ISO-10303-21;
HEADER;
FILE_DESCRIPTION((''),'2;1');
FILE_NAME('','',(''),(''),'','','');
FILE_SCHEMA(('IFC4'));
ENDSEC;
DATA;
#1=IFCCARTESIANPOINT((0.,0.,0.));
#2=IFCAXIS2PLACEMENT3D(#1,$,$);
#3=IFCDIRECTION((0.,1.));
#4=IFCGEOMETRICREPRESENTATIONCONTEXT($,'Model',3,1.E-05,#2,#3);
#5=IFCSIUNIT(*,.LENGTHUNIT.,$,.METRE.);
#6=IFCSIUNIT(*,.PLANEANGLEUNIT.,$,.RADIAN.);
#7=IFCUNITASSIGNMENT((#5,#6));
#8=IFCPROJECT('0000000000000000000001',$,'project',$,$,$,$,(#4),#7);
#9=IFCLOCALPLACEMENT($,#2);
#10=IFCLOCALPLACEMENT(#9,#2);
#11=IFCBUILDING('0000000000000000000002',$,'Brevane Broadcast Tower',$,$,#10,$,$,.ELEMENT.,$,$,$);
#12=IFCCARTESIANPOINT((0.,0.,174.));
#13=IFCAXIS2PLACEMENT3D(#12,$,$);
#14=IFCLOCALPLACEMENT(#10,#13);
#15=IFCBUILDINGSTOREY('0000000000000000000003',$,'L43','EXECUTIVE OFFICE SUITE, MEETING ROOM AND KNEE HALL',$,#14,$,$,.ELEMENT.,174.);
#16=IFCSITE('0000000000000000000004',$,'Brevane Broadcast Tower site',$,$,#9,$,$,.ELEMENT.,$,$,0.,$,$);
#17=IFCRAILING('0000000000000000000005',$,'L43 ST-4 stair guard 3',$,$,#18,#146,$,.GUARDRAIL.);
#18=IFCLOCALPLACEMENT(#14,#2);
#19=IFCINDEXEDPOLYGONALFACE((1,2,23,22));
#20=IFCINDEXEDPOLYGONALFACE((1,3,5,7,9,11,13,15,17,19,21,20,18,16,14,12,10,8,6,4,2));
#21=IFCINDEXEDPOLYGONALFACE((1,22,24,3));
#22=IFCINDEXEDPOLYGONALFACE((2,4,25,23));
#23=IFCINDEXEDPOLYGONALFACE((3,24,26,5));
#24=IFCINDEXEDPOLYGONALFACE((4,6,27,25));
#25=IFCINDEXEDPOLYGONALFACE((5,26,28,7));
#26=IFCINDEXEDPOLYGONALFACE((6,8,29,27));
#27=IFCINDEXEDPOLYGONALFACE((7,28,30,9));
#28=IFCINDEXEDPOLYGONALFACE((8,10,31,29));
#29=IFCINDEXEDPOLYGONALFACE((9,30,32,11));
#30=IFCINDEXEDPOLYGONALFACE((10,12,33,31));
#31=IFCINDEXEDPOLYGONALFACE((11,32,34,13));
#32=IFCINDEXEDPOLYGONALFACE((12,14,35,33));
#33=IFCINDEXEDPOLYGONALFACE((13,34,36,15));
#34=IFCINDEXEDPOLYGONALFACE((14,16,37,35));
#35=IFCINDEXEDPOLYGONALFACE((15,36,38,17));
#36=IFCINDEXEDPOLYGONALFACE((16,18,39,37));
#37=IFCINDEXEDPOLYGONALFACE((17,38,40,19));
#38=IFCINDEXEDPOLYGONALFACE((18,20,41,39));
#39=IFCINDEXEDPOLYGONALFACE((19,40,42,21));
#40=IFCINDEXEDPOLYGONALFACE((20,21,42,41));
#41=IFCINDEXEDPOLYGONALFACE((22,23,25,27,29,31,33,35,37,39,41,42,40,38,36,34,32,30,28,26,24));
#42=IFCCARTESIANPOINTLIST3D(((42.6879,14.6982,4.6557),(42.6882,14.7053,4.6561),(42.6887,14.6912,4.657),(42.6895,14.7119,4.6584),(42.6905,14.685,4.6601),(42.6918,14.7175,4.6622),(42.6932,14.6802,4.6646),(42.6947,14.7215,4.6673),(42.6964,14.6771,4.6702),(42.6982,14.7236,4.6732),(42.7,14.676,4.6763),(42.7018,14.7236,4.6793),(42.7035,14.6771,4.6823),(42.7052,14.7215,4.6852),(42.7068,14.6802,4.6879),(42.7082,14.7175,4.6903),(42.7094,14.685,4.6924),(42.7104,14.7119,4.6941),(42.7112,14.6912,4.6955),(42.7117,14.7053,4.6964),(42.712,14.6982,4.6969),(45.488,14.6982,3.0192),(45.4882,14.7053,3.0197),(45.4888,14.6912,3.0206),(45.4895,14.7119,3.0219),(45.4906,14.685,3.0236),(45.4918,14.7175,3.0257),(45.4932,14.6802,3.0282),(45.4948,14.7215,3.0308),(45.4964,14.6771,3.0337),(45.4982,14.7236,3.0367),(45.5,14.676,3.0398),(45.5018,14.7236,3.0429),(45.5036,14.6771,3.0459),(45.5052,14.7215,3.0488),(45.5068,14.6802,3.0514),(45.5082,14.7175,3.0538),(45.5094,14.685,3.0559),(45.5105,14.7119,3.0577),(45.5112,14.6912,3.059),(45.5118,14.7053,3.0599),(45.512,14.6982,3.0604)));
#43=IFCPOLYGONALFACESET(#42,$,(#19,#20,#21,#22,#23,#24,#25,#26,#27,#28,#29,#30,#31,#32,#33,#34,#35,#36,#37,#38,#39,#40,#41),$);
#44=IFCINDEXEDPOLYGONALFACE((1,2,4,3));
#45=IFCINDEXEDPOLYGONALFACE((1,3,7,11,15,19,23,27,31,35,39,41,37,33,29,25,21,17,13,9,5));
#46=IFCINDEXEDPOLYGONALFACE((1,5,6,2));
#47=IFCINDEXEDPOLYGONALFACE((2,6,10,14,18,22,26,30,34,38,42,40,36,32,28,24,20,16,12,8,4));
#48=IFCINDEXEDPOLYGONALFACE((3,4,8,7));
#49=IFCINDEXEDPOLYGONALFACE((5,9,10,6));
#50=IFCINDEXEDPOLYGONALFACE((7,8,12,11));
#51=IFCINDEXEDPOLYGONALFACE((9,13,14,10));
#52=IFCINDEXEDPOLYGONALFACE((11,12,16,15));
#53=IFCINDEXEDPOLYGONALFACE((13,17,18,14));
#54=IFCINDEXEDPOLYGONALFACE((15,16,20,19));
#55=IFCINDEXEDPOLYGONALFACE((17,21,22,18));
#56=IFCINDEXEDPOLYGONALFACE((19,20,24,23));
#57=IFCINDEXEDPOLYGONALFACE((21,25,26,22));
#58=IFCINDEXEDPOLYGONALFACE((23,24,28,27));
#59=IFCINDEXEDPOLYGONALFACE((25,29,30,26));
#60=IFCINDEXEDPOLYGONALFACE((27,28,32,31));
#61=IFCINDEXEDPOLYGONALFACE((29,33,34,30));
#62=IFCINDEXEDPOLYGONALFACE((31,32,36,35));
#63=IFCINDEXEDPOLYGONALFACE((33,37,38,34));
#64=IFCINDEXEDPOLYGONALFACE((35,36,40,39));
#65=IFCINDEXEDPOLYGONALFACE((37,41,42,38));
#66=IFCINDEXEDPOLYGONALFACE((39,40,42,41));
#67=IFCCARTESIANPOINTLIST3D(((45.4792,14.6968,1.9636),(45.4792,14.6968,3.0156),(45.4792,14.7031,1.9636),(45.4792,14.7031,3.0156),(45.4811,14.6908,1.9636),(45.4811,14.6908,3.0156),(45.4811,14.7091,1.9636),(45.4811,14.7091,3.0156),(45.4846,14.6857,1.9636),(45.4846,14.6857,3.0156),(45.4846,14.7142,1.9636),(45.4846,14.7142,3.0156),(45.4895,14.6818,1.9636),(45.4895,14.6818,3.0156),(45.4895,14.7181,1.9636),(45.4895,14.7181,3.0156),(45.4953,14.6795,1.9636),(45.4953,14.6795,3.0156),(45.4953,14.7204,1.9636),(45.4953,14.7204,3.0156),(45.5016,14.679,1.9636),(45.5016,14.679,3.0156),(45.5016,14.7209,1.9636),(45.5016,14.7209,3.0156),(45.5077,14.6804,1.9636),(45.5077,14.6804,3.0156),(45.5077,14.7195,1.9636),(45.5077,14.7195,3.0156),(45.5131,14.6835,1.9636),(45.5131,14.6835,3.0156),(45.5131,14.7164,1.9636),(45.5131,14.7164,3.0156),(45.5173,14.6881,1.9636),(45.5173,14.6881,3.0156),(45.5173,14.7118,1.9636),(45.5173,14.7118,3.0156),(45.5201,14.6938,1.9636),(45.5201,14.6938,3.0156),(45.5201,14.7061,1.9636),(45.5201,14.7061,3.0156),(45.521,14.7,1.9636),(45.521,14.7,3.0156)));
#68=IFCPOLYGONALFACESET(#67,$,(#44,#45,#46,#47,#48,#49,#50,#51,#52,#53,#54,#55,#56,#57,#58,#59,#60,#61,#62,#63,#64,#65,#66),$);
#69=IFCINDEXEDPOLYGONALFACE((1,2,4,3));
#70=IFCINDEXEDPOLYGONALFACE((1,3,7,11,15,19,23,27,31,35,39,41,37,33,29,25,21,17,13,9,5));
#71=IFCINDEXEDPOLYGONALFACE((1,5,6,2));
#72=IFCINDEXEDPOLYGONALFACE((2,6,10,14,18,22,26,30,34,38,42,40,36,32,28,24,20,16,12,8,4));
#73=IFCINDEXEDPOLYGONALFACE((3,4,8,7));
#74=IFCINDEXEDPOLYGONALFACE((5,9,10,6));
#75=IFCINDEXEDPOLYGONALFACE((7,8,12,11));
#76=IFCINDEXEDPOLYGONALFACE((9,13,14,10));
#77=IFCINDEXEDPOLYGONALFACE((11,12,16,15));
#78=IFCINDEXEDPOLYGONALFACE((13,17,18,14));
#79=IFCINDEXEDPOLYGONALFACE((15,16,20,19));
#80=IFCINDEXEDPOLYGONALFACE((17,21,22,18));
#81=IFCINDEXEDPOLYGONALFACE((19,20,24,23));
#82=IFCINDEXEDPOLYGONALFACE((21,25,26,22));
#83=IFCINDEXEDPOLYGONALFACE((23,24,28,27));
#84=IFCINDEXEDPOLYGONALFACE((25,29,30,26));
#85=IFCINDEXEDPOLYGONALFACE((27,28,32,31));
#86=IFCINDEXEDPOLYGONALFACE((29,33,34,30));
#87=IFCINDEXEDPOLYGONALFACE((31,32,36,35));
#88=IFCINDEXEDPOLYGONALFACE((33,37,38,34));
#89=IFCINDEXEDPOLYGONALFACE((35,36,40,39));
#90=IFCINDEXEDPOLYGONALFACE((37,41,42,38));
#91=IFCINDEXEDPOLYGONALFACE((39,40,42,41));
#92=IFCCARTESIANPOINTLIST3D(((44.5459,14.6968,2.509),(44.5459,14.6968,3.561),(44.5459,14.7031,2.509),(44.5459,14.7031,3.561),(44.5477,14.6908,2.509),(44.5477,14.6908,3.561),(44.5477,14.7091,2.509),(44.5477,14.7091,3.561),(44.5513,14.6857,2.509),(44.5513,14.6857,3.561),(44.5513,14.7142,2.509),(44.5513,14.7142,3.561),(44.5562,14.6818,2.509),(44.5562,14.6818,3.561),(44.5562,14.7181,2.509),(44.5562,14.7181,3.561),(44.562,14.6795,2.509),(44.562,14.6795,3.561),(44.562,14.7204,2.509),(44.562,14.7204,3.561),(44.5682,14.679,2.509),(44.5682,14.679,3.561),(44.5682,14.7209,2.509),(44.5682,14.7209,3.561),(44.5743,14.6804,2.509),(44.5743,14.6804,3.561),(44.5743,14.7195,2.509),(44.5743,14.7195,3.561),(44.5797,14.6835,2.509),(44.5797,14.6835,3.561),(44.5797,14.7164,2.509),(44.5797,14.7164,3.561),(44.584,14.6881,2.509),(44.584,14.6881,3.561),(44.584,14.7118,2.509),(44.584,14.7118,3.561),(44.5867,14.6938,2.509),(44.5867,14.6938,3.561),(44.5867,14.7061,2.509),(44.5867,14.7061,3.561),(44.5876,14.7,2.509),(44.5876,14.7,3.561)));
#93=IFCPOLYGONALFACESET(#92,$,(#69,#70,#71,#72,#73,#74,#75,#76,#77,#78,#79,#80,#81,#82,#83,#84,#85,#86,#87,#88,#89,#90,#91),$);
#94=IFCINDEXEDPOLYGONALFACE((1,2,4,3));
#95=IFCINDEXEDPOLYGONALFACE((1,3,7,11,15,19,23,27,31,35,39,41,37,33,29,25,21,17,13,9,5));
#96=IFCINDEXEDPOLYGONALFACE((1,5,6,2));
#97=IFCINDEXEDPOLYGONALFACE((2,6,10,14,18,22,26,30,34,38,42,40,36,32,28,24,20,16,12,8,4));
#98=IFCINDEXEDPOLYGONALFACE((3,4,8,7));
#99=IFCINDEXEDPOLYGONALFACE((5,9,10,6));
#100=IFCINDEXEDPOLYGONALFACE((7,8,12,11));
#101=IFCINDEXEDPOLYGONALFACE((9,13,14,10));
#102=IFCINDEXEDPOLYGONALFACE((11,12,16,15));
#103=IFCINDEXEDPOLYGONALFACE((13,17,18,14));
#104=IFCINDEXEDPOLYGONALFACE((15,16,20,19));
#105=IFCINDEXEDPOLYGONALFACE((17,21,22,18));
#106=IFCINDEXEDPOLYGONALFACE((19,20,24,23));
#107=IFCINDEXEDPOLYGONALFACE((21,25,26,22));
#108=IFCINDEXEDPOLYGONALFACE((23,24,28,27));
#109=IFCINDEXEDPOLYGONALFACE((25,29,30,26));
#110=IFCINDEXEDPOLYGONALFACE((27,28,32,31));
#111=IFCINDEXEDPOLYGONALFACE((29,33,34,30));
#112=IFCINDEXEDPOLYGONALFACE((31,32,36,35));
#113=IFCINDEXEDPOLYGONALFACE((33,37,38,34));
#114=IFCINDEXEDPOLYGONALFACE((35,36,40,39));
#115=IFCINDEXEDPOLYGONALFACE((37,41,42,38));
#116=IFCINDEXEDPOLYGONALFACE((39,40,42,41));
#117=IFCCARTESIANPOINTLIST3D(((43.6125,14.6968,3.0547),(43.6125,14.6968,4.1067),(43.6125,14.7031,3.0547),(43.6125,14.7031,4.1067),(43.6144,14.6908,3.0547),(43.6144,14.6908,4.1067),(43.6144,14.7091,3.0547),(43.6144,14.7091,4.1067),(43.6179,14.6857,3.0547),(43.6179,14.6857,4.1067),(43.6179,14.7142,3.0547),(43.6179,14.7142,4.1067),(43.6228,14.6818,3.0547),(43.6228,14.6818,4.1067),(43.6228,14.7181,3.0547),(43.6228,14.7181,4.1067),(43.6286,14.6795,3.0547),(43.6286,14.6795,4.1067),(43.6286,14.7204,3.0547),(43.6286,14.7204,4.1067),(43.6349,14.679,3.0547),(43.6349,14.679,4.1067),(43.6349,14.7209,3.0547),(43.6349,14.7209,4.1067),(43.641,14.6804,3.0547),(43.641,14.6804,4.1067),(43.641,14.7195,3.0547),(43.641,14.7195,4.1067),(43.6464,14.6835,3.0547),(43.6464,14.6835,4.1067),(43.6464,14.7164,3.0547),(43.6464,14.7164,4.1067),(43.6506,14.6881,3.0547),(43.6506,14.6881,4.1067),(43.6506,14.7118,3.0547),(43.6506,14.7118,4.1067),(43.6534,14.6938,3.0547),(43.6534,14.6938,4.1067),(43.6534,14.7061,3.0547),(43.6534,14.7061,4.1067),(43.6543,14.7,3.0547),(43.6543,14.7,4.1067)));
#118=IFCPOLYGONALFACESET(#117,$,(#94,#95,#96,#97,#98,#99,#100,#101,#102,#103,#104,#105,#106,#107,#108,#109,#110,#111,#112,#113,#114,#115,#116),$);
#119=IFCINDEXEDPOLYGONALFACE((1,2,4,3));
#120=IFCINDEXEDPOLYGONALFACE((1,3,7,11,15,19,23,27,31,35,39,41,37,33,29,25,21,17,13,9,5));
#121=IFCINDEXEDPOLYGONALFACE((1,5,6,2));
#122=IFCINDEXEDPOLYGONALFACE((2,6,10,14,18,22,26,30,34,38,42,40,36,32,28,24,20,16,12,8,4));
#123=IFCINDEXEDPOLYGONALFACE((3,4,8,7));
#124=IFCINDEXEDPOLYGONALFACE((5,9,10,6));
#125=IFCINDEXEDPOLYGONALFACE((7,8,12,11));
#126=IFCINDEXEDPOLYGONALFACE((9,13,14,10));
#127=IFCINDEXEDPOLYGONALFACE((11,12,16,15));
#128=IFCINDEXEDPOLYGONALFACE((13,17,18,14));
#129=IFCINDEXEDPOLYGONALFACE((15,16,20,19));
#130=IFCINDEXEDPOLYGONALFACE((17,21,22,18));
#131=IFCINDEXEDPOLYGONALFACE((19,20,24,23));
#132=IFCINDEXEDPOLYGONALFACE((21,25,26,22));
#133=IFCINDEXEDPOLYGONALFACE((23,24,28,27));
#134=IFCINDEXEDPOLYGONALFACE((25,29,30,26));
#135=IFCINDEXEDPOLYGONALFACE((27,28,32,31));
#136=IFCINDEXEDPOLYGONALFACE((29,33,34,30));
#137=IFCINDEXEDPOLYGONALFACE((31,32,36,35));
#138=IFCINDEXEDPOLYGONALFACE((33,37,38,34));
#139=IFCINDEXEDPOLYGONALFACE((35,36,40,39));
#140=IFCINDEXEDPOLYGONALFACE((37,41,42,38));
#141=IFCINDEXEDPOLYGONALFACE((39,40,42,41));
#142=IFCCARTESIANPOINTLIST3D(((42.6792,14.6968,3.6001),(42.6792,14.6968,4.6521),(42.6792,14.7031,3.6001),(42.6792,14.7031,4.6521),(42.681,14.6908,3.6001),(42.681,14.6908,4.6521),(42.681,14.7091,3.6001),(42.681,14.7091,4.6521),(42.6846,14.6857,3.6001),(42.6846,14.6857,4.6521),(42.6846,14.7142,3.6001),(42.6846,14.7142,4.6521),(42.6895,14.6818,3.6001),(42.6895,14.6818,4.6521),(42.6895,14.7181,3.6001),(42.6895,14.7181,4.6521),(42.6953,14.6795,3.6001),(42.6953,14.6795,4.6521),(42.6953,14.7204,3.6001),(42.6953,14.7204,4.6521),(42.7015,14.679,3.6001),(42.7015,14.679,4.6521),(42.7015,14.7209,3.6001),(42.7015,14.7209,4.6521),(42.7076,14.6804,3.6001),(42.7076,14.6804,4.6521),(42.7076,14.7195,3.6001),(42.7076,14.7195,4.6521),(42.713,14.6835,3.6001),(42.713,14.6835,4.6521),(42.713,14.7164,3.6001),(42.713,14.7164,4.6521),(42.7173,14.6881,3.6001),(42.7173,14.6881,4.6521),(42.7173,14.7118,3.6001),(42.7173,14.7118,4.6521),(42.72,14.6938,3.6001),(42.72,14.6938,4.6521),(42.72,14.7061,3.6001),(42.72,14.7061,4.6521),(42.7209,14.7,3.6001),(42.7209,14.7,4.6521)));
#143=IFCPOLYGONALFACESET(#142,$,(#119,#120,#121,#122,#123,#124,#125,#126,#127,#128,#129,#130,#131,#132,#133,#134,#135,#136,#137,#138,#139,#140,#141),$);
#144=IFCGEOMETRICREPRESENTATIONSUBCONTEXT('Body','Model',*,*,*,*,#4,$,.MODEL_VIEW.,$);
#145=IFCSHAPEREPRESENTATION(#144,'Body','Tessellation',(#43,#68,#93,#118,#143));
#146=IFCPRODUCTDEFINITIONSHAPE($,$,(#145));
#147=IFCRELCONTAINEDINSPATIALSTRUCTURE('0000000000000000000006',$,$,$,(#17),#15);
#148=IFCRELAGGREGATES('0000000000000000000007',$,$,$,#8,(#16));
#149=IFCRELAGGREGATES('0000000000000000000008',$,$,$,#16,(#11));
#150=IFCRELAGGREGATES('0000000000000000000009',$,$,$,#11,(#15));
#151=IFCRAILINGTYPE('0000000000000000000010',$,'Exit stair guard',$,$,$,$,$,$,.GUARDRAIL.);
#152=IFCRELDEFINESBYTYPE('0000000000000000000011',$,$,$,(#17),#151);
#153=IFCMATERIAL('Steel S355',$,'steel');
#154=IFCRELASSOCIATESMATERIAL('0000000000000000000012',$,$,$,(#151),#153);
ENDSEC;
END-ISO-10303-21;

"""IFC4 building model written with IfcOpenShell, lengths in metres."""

from ifc_helpers import new_model, si_unit, direction, frame, origin, origin_2d, place, context, subcontext, project, spatial, circle, extrude, material, type_object, element, save


model = new_model("IFC4")

# Units and contexts
model_context = context("Model", 3, precision=1e-05, world=origin(), true_north=direction((0.0, 1.0)))
body_context = subcontext(model_context, "Body", "Model", "MODEL_VIEW")
ifc_project = project(units=[si_unit("LENGTHUNIT", "METRE"), si_unit("PLANEANGLEUNIT", "RADIAN")], contexts=[model_context])

# Site, building, storey
site_placement = place(None, origin())
site = spatial("IfcSite", under=ifc_project, at=site_placement, Name="Brevane Broadcast Tower site", CompositionType="ELEMENT", RefElevation=0.0)
building_placement = place(site_placement, origin())
building = spatial("IfcBuilding", under=site, at=building_placement, Name="Brevane Broadcast Tower", CompositionType="ELEMENT")
storey_placement = place(building_placement, frame((0.0, 0.0, 174.0)))
storey = spatial("IfcBuildingStorey", under=building, at=storey_placement, Name="L43", Description="EXECUTIVE OFFICE SUITE, MEETING ROOM AND KNEE HALL", CompositionType="ELEMENT", Elevation=174.0)

# Railing
ifc_material_1 = material(Name="Steel S355", Category="steel")
railing_type_1 = type_object("IfcRailingType", Name="Exit stair guard", PredefinedType="GUARDRAIL", material=ifc_material_1)
railing_1_placement = place(storey_placement, frame((45.5, 14.7, 1.9636)))
element("IfcRailing", 1, at=railing_1_placement, inside=storey, type_object=railing_type_1, Name="L43 ST-4 stair guard 3", PredefinedType="GUARDRAIL", context=body_context, shape_type="SweptSolid", body=[
    extrude(circle(Radius=0.0239, at=origin_2d()), frame((0.0, 0.0, 1.0762), z_axis=(-0.863361, 0.0, 0.504587), x_axis=(0.0, -1.0, 0.0)), (0.0, 0.0, 1.0), 3.2432),
    extrude(circle(Radius=0.021, at=origin_2d()), origin(), (0.0, 0.0, 1.0), 1.052),
    extrude(circle(Radius=0.021, at=origin_2d()), frame((-0.9333, 0.0, 0.5454)), (0.0, 0.0, 1.0), 1.052),
    extrude(circle(Radius=0.021, at=origin_2d()), frame((-1.8667, 0.0, 1.0911)), (0.0, 0.0, 1.0), 1.052),
    extrude(circle(Radius=0.021, at=origin_2d()), frame((-2.8, 0.0, 1.6365)), (0.0, 0.0, 1.0), 1.052),
])

save(model, "model.ifc")
